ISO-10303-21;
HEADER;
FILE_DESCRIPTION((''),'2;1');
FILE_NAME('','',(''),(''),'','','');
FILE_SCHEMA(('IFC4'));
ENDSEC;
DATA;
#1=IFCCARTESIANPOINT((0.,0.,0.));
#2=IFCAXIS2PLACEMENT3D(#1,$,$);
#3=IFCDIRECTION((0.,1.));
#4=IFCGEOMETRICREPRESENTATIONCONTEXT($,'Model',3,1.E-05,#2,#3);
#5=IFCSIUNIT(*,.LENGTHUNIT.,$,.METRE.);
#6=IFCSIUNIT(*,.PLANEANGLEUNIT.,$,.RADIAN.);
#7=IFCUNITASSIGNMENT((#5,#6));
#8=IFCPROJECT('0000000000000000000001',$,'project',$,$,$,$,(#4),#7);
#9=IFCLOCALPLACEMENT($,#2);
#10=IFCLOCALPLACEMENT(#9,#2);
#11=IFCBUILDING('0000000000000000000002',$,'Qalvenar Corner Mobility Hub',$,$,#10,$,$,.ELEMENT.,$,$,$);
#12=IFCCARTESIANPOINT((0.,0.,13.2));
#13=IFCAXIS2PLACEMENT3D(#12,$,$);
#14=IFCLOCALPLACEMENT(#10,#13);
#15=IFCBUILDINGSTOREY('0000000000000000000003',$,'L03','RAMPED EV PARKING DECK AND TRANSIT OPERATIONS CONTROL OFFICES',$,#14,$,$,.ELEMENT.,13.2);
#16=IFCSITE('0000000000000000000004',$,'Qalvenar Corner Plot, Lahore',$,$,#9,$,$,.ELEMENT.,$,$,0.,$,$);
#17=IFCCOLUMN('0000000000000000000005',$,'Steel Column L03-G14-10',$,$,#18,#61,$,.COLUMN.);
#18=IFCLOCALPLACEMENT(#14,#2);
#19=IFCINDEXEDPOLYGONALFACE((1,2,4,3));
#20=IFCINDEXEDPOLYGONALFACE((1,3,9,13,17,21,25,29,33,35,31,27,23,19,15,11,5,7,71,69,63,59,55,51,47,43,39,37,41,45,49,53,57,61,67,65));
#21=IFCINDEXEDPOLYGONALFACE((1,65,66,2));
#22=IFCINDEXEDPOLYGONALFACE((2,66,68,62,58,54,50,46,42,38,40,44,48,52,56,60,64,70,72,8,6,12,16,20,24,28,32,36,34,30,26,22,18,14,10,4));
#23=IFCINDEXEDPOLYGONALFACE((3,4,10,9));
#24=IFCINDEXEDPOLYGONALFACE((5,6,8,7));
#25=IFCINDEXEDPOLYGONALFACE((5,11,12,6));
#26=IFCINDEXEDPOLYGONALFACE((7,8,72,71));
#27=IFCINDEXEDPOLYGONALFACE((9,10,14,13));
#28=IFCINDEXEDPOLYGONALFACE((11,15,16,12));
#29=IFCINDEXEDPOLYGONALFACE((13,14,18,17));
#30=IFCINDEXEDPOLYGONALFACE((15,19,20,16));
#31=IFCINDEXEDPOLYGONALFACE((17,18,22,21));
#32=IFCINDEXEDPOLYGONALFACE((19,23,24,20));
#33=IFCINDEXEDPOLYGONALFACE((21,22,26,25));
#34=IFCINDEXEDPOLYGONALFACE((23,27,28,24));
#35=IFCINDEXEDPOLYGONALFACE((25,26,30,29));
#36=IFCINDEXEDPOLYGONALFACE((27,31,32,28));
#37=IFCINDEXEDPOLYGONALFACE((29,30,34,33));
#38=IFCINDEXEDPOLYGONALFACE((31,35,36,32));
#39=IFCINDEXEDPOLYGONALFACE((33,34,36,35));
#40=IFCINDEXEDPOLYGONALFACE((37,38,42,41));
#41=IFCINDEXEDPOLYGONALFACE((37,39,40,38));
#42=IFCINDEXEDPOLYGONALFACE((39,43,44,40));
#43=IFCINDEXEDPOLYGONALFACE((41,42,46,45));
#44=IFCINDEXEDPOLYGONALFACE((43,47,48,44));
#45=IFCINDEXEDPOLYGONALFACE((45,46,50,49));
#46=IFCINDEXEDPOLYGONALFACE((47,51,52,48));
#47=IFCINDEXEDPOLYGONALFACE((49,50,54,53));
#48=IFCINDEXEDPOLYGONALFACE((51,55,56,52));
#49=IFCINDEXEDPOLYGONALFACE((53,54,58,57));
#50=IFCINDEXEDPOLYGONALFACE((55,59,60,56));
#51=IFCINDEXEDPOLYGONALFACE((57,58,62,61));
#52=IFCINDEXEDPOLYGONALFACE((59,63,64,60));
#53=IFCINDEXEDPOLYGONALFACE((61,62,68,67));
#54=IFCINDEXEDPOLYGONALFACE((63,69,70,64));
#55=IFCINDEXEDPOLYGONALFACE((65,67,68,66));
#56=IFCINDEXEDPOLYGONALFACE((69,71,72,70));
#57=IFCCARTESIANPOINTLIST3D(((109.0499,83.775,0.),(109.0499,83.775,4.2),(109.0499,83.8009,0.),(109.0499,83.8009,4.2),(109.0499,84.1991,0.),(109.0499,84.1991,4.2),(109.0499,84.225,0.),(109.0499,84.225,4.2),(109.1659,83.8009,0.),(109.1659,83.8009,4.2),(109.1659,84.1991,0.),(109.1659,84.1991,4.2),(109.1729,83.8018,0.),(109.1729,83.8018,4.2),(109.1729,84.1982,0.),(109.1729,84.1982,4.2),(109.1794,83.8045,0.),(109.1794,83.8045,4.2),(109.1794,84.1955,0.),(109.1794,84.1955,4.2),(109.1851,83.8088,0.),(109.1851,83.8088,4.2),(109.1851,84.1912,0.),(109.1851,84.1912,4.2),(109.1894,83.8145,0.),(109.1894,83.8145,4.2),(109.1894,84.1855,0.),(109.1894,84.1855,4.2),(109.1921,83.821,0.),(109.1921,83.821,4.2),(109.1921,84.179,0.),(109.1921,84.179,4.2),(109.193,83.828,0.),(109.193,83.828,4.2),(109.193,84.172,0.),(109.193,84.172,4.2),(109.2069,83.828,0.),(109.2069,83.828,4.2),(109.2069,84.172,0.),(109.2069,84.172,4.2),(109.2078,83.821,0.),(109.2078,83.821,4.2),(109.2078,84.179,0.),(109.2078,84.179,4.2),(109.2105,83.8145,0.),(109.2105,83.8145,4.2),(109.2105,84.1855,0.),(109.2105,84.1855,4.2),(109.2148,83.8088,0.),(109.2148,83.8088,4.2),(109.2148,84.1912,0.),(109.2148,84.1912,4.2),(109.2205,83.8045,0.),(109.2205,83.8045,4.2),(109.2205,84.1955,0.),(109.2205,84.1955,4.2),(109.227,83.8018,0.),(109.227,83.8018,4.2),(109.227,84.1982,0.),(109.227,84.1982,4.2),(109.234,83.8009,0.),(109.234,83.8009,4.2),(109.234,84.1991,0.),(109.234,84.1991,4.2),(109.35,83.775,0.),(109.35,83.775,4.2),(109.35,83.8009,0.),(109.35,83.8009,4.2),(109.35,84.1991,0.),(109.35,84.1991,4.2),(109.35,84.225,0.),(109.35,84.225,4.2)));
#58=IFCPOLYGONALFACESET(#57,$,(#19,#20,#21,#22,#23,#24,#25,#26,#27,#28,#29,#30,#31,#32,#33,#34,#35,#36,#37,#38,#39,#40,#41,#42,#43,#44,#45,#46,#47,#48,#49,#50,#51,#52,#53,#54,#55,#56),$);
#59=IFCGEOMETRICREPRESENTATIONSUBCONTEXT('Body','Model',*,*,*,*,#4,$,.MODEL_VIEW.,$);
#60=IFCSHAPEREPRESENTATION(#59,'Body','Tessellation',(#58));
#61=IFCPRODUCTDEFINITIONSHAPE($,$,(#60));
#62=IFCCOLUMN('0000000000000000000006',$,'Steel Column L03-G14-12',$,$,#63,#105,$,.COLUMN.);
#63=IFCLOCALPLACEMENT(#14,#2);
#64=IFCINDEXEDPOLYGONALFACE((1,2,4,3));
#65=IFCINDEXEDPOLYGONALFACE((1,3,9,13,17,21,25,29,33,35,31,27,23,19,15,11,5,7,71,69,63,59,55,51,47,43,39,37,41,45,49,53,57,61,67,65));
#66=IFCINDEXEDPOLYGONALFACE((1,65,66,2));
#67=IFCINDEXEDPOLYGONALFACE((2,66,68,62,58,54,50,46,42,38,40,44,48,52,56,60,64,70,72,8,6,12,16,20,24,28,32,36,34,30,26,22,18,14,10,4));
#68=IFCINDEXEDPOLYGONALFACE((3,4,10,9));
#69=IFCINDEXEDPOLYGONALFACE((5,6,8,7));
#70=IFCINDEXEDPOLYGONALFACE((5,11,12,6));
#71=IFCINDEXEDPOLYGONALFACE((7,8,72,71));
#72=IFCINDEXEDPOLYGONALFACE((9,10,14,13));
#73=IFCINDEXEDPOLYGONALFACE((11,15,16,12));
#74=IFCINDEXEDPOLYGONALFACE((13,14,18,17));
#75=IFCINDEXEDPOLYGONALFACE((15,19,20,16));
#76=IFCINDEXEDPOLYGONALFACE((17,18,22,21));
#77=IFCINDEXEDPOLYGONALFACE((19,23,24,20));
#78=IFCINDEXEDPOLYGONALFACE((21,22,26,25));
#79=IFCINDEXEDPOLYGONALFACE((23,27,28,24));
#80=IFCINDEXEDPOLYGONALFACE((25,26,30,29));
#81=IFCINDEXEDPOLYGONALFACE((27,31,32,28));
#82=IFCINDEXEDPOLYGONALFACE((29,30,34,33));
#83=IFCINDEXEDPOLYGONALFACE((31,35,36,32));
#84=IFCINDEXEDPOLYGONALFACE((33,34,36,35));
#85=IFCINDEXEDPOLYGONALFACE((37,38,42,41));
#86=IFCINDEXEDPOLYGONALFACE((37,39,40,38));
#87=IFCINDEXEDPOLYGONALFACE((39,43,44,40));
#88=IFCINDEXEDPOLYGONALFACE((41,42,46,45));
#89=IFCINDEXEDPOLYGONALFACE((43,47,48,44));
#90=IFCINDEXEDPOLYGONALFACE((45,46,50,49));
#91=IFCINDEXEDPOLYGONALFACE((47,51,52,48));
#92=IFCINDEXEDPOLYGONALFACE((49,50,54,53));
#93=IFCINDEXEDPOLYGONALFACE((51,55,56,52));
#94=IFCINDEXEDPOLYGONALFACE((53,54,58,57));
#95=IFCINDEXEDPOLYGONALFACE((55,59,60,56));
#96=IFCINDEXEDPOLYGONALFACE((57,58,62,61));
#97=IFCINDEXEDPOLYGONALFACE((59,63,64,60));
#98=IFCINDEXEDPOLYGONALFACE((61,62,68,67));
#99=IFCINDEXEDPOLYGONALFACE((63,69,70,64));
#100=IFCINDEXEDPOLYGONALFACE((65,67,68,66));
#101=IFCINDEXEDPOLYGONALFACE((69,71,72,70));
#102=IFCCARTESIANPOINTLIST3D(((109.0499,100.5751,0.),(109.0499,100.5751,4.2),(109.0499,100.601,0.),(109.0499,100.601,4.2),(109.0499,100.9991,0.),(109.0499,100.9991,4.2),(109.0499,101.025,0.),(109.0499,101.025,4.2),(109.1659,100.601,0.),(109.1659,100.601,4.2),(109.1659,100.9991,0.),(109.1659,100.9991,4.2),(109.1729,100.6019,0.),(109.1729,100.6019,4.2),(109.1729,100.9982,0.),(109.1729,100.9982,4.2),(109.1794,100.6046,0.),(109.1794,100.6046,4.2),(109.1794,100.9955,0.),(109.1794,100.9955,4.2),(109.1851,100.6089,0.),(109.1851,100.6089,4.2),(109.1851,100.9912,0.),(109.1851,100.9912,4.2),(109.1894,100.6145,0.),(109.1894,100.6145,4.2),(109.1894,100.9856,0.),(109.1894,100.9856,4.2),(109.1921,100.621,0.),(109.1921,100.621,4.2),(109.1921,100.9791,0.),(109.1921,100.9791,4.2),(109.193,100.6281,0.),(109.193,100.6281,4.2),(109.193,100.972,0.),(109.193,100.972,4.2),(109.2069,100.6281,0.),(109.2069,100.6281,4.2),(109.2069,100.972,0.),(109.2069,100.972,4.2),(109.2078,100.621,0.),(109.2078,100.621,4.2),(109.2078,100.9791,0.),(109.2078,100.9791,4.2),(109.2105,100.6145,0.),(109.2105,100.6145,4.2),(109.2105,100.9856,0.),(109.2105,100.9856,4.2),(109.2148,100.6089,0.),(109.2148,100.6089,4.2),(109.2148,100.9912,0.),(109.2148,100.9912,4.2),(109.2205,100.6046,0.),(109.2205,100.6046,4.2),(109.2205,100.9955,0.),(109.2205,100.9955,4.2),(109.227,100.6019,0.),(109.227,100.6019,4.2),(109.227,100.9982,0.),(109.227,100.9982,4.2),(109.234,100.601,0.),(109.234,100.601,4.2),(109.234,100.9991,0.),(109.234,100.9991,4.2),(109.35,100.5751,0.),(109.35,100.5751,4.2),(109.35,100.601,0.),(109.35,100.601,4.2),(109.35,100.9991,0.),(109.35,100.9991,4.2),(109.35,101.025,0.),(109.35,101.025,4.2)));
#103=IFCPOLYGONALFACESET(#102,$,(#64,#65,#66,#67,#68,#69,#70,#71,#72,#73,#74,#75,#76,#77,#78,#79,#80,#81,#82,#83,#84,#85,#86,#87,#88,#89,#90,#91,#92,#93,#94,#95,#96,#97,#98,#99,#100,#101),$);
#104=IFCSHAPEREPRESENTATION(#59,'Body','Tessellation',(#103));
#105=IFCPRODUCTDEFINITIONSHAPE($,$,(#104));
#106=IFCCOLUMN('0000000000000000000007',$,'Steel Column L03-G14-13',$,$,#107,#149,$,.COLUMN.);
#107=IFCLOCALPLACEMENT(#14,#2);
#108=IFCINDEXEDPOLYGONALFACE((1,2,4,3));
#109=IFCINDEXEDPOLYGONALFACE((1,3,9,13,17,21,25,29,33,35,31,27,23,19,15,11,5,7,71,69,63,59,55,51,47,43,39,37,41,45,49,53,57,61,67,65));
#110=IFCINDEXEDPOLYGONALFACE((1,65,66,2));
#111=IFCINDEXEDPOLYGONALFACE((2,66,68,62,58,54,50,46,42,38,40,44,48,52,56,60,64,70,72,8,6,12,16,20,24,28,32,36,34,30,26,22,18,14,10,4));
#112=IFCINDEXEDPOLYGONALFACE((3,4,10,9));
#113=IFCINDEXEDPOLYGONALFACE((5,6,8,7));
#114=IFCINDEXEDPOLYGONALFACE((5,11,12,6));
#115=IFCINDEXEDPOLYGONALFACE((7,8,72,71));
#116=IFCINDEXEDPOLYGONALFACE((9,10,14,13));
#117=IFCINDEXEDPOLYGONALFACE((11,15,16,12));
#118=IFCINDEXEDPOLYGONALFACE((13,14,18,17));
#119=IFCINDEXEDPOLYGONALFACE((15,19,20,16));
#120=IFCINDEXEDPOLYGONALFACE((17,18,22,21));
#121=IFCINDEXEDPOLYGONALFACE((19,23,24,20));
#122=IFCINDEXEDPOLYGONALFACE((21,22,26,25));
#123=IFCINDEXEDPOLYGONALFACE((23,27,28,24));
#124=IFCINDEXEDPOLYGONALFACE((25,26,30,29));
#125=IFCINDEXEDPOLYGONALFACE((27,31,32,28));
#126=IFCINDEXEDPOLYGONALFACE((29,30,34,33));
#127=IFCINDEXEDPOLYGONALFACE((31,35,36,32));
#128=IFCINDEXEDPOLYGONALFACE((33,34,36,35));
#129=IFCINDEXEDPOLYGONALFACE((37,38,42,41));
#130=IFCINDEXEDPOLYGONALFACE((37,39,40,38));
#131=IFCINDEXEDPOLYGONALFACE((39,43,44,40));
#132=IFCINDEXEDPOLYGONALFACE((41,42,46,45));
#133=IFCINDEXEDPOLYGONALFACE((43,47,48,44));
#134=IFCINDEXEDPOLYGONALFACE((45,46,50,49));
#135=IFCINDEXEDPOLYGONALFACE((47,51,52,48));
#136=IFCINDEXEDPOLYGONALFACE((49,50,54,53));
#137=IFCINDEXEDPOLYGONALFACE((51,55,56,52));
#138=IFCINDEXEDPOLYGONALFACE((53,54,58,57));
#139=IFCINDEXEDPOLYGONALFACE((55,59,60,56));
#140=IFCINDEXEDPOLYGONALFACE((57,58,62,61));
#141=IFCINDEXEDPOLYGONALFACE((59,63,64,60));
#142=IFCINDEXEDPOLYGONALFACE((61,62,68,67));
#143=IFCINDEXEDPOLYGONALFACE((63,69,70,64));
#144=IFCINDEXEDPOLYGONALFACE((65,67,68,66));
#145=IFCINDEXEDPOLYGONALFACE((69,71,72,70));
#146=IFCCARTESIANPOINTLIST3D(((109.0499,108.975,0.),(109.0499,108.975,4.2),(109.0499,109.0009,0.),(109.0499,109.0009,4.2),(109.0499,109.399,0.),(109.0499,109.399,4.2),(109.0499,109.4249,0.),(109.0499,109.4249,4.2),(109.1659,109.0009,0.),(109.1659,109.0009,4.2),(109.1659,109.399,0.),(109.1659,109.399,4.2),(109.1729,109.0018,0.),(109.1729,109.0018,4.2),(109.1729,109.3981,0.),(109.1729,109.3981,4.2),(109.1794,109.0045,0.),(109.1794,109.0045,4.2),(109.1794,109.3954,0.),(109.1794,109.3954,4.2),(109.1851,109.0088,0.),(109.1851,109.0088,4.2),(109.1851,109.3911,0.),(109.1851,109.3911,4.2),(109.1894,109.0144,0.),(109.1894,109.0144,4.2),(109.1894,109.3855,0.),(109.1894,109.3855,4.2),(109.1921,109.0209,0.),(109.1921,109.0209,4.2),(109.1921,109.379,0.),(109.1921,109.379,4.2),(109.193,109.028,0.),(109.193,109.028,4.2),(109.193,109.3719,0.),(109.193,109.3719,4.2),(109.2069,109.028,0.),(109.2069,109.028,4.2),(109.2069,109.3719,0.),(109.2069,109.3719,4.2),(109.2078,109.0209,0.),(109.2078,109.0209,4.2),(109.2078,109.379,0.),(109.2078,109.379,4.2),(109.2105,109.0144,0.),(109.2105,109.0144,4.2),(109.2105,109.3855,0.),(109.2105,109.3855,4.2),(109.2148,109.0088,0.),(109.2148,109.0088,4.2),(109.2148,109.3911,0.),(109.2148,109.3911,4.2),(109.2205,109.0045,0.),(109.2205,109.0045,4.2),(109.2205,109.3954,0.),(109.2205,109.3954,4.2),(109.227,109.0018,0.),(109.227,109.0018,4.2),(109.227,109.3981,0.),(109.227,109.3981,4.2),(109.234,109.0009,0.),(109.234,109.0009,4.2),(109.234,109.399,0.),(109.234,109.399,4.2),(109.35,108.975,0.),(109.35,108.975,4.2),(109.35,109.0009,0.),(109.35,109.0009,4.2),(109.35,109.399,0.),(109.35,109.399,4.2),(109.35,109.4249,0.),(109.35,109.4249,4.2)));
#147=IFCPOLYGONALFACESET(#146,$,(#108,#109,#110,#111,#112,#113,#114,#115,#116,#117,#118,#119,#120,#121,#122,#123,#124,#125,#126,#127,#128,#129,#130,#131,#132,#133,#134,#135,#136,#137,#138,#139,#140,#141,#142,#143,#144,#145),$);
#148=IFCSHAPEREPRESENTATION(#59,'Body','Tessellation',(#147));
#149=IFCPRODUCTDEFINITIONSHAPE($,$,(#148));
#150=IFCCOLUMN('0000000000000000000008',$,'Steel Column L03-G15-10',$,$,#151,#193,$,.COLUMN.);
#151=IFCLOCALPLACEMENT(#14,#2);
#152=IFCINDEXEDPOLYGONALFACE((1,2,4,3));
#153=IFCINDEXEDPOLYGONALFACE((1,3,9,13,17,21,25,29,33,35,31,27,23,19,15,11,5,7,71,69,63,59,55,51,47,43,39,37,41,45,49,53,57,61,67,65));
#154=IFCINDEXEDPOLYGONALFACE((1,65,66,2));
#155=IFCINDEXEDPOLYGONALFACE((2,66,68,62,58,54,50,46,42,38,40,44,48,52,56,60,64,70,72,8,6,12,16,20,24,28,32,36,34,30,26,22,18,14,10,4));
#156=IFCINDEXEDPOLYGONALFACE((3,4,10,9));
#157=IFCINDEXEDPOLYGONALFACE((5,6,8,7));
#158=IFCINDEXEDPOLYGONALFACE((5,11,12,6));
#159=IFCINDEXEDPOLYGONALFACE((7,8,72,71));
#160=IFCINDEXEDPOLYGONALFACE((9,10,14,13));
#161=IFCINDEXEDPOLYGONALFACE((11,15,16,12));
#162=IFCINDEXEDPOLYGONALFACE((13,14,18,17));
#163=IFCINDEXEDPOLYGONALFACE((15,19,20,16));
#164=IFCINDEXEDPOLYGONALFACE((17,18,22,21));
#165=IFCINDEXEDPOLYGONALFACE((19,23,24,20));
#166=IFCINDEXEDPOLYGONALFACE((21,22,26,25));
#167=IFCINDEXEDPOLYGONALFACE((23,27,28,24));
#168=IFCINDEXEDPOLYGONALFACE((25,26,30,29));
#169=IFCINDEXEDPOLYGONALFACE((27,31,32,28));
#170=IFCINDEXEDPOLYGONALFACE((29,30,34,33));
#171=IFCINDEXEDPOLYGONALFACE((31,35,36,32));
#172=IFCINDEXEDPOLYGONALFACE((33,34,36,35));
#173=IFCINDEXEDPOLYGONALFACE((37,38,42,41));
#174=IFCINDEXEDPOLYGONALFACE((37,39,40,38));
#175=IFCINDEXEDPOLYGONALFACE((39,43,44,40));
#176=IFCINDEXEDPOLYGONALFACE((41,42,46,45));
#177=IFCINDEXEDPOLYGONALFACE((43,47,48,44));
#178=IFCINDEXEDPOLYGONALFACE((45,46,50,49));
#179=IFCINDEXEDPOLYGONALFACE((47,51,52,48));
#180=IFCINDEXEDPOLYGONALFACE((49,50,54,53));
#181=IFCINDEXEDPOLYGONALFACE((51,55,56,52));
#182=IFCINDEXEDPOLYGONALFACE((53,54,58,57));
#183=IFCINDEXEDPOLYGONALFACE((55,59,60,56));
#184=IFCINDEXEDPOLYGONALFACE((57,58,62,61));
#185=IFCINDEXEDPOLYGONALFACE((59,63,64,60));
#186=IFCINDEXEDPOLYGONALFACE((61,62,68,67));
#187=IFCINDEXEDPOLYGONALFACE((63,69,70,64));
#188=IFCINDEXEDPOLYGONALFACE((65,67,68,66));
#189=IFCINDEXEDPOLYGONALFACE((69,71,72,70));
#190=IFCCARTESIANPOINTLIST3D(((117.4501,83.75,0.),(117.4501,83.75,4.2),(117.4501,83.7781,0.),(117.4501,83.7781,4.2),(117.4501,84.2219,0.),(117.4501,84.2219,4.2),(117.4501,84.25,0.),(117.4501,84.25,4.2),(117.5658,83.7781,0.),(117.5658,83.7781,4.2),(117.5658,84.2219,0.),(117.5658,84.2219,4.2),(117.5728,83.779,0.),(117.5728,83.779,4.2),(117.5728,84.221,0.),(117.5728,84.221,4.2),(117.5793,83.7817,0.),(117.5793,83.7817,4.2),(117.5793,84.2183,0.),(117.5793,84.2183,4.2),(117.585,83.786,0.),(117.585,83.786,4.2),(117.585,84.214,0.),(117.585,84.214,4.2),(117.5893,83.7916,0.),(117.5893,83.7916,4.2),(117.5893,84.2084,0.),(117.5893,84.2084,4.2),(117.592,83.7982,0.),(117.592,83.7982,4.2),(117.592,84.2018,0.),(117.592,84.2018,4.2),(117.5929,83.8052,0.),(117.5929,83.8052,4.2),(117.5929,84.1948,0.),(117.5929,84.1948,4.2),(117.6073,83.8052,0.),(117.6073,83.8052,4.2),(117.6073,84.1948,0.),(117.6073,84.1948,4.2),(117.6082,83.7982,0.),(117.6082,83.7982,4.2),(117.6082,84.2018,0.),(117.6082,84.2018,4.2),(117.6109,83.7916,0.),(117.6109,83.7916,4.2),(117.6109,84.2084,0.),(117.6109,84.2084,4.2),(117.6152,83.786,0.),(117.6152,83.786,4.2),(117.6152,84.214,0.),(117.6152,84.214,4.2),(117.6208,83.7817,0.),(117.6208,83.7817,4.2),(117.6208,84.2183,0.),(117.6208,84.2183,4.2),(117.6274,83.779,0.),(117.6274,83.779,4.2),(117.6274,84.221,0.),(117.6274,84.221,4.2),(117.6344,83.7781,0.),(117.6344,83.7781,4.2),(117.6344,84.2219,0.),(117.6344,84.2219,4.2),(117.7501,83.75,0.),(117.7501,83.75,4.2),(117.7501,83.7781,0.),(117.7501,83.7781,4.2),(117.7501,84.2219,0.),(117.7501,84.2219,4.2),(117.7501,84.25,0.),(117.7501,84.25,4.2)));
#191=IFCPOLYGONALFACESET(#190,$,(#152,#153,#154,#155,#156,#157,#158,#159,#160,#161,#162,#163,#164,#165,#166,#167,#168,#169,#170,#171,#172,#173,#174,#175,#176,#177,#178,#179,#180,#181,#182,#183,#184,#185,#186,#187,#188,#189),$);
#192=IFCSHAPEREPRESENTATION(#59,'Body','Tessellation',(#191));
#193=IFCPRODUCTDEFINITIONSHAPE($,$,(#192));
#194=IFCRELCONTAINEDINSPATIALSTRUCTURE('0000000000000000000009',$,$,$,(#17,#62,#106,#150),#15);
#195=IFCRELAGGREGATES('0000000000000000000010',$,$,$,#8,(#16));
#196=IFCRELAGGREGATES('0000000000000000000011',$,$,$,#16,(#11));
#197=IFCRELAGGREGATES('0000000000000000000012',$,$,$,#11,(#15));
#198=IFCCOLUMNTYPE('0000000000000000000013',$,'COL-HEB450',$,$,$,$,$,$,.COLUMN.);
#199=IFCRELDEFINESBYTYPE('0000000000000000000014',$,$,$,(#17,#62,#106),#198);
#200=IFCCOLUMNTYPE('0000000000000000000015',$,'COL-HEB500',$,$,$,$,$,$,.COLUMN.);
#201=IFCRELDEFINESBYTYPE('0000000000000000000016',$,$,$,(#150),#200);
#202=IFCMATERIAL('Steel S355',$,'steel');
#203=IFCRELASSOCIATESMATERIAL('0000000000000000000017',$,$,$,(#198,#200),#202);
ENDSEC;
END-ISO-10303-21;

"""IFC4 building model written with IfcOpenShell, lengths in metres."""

from ifc_helpers import new_model, si_unit, direction, frame, origin, origin_2d, place, context, subcontext, project, spatial, i_section, extrude, material, material_profile, profile_set, type_object, element, save


model = new_model("IFC4")

# Units and contexts
model_context = context("Model", 3, precision=1e-05, world=origin(), true_north=direction((0.0, 1.0)))
body_context = subcontext(model_context, "Body", "Model", "MODEL_VIEW")
ifc_project = project(units=[si_unit("LENGTHUNIT", "METRE"), si_unit("PLANEANGLEUNIT", "RADIAN")], contexts=[model_context])

# Site, building, storey
site_placement = place(None, origin())
site = spatial("IfcSite", under=ifc_project, at=site_placement, Name="Qalvenar Corner Plot, Lahore", CompositionType="ELEMENT", RefElevation=0.0)
building_placement = place(site_placement, origin())
building = spatial("IfcBuilding", under=site, at=building_placement, Name="Qalvenar Corner Mobility Hub", CompositionType="ELEMENT")
storey_placement = place(building_placement, frame((0.0, 0.0, 13.2)))
storey = spatial("IfcBuildingStorey", under=building, at=storey_placement, Name="L03", Description="RAMPED EV PARKING DECK AND TRANSIT OPERATIONS CONTROL OFFICES", CompositionType="ELEMENT", Elevation=13.2)

# Columns
ifc_material = material(Name="Steel S355", Category="steel")
ifc_material_profile_1 = material_profile(ifc_material, i_section(OverallWidth=0.3, OverallDepth=0.45, WebThickness=0.0139, FlangeThickness=0.0259, FilletRadius=0.0271, at=origin_2d()), Name="HEB450")
ifc_profile_set_1 = profile_set([ifc_material_profile_1], Name="Steel S355")
column_type_1 = type_object("IfcColumnType", Name="COL-HEB450", PredefinedType="COLUMN", material=ifc_profile_set_1)
for number, where, z_axis, x_axis, name in (
    (1, (109.2, 84.0, 0.0), (0.0, 0.0, 1.0), (1.0, 0.0, 0.0), "Steel Column L03-G14-10"),
    (2, (109.2, 100.8, 0.0), (0.0, 0.0, 1.0), (1.0, 0.0, 0.0), "Steel Column L03-G14-12"),
    (3, (109.2, 109.2, 0.0), (0.0, 0.0, 1.0), (1.0, 0.0, 0.0), "Steel Column L03-G14-13"),
):
    element("IfcColumn", number, at=place(storey_placement, frame(where, z_axis=z_axis, x_axis=x_axis)), inside=storey, type_object=column_type_1, Name=name, PredefinedType="COLUMN", context=body_context, shape_type="SweptSolid", body=[
        extrude(i_section(OverallWidth=0.3, OverallDepth=0.45, WebThickness=0.0139, FlangeThickness=0.0259, FilletRadius=0.0271, at=origin_2d()), origin(), (0.0, 0.0, 1.0), 4.2),
    ])
ifc_material_profile_2 = material_profile(ifc_material, i_section(OverallWidth=0.3, OverallDepth=0.5, WebThickness=0.0144, FlangeThickness=0.0281, FilletRadius=0.0271, at=origin_2d()), Name="HEB500")
ifc_profile_set_2 = profile_set([ifc_material_profile_2], Name="Steel S355")
column_type_2 = type_object("IfcColumnType", Name="COL-HEB500", PredefinedType="COLUMN", material=ifc_profile_set_2)
for number, where, z_axis, x_axis, name in (
    (4, (117.6001, 84.0, 0.0), (0.0, 0.0, 1.0), (1.0, 0.0, 0.0), "Steel Column L03-G15-10"),
):
    element("IfcColumn", number, at=place(storey_placement, frame(where, z_axis=z_axis, x_axis=x_axis)), inside=storey, type_object=column_type_2, Name=name, PredefinedType="COLUMN", context=body_context, shape_type="SweptSolid", body=[
        extrude(i_section(OverallWidth=0.3, OverallDepth=0.5, WebThickness=0.0144, FlangeThickness=0.0281, FilletRadius=0.0271, at=origin_2d()), origin(), (0.0, 0.0, 1.0), 4.2),
    ])

save(model, "model.ifc")
